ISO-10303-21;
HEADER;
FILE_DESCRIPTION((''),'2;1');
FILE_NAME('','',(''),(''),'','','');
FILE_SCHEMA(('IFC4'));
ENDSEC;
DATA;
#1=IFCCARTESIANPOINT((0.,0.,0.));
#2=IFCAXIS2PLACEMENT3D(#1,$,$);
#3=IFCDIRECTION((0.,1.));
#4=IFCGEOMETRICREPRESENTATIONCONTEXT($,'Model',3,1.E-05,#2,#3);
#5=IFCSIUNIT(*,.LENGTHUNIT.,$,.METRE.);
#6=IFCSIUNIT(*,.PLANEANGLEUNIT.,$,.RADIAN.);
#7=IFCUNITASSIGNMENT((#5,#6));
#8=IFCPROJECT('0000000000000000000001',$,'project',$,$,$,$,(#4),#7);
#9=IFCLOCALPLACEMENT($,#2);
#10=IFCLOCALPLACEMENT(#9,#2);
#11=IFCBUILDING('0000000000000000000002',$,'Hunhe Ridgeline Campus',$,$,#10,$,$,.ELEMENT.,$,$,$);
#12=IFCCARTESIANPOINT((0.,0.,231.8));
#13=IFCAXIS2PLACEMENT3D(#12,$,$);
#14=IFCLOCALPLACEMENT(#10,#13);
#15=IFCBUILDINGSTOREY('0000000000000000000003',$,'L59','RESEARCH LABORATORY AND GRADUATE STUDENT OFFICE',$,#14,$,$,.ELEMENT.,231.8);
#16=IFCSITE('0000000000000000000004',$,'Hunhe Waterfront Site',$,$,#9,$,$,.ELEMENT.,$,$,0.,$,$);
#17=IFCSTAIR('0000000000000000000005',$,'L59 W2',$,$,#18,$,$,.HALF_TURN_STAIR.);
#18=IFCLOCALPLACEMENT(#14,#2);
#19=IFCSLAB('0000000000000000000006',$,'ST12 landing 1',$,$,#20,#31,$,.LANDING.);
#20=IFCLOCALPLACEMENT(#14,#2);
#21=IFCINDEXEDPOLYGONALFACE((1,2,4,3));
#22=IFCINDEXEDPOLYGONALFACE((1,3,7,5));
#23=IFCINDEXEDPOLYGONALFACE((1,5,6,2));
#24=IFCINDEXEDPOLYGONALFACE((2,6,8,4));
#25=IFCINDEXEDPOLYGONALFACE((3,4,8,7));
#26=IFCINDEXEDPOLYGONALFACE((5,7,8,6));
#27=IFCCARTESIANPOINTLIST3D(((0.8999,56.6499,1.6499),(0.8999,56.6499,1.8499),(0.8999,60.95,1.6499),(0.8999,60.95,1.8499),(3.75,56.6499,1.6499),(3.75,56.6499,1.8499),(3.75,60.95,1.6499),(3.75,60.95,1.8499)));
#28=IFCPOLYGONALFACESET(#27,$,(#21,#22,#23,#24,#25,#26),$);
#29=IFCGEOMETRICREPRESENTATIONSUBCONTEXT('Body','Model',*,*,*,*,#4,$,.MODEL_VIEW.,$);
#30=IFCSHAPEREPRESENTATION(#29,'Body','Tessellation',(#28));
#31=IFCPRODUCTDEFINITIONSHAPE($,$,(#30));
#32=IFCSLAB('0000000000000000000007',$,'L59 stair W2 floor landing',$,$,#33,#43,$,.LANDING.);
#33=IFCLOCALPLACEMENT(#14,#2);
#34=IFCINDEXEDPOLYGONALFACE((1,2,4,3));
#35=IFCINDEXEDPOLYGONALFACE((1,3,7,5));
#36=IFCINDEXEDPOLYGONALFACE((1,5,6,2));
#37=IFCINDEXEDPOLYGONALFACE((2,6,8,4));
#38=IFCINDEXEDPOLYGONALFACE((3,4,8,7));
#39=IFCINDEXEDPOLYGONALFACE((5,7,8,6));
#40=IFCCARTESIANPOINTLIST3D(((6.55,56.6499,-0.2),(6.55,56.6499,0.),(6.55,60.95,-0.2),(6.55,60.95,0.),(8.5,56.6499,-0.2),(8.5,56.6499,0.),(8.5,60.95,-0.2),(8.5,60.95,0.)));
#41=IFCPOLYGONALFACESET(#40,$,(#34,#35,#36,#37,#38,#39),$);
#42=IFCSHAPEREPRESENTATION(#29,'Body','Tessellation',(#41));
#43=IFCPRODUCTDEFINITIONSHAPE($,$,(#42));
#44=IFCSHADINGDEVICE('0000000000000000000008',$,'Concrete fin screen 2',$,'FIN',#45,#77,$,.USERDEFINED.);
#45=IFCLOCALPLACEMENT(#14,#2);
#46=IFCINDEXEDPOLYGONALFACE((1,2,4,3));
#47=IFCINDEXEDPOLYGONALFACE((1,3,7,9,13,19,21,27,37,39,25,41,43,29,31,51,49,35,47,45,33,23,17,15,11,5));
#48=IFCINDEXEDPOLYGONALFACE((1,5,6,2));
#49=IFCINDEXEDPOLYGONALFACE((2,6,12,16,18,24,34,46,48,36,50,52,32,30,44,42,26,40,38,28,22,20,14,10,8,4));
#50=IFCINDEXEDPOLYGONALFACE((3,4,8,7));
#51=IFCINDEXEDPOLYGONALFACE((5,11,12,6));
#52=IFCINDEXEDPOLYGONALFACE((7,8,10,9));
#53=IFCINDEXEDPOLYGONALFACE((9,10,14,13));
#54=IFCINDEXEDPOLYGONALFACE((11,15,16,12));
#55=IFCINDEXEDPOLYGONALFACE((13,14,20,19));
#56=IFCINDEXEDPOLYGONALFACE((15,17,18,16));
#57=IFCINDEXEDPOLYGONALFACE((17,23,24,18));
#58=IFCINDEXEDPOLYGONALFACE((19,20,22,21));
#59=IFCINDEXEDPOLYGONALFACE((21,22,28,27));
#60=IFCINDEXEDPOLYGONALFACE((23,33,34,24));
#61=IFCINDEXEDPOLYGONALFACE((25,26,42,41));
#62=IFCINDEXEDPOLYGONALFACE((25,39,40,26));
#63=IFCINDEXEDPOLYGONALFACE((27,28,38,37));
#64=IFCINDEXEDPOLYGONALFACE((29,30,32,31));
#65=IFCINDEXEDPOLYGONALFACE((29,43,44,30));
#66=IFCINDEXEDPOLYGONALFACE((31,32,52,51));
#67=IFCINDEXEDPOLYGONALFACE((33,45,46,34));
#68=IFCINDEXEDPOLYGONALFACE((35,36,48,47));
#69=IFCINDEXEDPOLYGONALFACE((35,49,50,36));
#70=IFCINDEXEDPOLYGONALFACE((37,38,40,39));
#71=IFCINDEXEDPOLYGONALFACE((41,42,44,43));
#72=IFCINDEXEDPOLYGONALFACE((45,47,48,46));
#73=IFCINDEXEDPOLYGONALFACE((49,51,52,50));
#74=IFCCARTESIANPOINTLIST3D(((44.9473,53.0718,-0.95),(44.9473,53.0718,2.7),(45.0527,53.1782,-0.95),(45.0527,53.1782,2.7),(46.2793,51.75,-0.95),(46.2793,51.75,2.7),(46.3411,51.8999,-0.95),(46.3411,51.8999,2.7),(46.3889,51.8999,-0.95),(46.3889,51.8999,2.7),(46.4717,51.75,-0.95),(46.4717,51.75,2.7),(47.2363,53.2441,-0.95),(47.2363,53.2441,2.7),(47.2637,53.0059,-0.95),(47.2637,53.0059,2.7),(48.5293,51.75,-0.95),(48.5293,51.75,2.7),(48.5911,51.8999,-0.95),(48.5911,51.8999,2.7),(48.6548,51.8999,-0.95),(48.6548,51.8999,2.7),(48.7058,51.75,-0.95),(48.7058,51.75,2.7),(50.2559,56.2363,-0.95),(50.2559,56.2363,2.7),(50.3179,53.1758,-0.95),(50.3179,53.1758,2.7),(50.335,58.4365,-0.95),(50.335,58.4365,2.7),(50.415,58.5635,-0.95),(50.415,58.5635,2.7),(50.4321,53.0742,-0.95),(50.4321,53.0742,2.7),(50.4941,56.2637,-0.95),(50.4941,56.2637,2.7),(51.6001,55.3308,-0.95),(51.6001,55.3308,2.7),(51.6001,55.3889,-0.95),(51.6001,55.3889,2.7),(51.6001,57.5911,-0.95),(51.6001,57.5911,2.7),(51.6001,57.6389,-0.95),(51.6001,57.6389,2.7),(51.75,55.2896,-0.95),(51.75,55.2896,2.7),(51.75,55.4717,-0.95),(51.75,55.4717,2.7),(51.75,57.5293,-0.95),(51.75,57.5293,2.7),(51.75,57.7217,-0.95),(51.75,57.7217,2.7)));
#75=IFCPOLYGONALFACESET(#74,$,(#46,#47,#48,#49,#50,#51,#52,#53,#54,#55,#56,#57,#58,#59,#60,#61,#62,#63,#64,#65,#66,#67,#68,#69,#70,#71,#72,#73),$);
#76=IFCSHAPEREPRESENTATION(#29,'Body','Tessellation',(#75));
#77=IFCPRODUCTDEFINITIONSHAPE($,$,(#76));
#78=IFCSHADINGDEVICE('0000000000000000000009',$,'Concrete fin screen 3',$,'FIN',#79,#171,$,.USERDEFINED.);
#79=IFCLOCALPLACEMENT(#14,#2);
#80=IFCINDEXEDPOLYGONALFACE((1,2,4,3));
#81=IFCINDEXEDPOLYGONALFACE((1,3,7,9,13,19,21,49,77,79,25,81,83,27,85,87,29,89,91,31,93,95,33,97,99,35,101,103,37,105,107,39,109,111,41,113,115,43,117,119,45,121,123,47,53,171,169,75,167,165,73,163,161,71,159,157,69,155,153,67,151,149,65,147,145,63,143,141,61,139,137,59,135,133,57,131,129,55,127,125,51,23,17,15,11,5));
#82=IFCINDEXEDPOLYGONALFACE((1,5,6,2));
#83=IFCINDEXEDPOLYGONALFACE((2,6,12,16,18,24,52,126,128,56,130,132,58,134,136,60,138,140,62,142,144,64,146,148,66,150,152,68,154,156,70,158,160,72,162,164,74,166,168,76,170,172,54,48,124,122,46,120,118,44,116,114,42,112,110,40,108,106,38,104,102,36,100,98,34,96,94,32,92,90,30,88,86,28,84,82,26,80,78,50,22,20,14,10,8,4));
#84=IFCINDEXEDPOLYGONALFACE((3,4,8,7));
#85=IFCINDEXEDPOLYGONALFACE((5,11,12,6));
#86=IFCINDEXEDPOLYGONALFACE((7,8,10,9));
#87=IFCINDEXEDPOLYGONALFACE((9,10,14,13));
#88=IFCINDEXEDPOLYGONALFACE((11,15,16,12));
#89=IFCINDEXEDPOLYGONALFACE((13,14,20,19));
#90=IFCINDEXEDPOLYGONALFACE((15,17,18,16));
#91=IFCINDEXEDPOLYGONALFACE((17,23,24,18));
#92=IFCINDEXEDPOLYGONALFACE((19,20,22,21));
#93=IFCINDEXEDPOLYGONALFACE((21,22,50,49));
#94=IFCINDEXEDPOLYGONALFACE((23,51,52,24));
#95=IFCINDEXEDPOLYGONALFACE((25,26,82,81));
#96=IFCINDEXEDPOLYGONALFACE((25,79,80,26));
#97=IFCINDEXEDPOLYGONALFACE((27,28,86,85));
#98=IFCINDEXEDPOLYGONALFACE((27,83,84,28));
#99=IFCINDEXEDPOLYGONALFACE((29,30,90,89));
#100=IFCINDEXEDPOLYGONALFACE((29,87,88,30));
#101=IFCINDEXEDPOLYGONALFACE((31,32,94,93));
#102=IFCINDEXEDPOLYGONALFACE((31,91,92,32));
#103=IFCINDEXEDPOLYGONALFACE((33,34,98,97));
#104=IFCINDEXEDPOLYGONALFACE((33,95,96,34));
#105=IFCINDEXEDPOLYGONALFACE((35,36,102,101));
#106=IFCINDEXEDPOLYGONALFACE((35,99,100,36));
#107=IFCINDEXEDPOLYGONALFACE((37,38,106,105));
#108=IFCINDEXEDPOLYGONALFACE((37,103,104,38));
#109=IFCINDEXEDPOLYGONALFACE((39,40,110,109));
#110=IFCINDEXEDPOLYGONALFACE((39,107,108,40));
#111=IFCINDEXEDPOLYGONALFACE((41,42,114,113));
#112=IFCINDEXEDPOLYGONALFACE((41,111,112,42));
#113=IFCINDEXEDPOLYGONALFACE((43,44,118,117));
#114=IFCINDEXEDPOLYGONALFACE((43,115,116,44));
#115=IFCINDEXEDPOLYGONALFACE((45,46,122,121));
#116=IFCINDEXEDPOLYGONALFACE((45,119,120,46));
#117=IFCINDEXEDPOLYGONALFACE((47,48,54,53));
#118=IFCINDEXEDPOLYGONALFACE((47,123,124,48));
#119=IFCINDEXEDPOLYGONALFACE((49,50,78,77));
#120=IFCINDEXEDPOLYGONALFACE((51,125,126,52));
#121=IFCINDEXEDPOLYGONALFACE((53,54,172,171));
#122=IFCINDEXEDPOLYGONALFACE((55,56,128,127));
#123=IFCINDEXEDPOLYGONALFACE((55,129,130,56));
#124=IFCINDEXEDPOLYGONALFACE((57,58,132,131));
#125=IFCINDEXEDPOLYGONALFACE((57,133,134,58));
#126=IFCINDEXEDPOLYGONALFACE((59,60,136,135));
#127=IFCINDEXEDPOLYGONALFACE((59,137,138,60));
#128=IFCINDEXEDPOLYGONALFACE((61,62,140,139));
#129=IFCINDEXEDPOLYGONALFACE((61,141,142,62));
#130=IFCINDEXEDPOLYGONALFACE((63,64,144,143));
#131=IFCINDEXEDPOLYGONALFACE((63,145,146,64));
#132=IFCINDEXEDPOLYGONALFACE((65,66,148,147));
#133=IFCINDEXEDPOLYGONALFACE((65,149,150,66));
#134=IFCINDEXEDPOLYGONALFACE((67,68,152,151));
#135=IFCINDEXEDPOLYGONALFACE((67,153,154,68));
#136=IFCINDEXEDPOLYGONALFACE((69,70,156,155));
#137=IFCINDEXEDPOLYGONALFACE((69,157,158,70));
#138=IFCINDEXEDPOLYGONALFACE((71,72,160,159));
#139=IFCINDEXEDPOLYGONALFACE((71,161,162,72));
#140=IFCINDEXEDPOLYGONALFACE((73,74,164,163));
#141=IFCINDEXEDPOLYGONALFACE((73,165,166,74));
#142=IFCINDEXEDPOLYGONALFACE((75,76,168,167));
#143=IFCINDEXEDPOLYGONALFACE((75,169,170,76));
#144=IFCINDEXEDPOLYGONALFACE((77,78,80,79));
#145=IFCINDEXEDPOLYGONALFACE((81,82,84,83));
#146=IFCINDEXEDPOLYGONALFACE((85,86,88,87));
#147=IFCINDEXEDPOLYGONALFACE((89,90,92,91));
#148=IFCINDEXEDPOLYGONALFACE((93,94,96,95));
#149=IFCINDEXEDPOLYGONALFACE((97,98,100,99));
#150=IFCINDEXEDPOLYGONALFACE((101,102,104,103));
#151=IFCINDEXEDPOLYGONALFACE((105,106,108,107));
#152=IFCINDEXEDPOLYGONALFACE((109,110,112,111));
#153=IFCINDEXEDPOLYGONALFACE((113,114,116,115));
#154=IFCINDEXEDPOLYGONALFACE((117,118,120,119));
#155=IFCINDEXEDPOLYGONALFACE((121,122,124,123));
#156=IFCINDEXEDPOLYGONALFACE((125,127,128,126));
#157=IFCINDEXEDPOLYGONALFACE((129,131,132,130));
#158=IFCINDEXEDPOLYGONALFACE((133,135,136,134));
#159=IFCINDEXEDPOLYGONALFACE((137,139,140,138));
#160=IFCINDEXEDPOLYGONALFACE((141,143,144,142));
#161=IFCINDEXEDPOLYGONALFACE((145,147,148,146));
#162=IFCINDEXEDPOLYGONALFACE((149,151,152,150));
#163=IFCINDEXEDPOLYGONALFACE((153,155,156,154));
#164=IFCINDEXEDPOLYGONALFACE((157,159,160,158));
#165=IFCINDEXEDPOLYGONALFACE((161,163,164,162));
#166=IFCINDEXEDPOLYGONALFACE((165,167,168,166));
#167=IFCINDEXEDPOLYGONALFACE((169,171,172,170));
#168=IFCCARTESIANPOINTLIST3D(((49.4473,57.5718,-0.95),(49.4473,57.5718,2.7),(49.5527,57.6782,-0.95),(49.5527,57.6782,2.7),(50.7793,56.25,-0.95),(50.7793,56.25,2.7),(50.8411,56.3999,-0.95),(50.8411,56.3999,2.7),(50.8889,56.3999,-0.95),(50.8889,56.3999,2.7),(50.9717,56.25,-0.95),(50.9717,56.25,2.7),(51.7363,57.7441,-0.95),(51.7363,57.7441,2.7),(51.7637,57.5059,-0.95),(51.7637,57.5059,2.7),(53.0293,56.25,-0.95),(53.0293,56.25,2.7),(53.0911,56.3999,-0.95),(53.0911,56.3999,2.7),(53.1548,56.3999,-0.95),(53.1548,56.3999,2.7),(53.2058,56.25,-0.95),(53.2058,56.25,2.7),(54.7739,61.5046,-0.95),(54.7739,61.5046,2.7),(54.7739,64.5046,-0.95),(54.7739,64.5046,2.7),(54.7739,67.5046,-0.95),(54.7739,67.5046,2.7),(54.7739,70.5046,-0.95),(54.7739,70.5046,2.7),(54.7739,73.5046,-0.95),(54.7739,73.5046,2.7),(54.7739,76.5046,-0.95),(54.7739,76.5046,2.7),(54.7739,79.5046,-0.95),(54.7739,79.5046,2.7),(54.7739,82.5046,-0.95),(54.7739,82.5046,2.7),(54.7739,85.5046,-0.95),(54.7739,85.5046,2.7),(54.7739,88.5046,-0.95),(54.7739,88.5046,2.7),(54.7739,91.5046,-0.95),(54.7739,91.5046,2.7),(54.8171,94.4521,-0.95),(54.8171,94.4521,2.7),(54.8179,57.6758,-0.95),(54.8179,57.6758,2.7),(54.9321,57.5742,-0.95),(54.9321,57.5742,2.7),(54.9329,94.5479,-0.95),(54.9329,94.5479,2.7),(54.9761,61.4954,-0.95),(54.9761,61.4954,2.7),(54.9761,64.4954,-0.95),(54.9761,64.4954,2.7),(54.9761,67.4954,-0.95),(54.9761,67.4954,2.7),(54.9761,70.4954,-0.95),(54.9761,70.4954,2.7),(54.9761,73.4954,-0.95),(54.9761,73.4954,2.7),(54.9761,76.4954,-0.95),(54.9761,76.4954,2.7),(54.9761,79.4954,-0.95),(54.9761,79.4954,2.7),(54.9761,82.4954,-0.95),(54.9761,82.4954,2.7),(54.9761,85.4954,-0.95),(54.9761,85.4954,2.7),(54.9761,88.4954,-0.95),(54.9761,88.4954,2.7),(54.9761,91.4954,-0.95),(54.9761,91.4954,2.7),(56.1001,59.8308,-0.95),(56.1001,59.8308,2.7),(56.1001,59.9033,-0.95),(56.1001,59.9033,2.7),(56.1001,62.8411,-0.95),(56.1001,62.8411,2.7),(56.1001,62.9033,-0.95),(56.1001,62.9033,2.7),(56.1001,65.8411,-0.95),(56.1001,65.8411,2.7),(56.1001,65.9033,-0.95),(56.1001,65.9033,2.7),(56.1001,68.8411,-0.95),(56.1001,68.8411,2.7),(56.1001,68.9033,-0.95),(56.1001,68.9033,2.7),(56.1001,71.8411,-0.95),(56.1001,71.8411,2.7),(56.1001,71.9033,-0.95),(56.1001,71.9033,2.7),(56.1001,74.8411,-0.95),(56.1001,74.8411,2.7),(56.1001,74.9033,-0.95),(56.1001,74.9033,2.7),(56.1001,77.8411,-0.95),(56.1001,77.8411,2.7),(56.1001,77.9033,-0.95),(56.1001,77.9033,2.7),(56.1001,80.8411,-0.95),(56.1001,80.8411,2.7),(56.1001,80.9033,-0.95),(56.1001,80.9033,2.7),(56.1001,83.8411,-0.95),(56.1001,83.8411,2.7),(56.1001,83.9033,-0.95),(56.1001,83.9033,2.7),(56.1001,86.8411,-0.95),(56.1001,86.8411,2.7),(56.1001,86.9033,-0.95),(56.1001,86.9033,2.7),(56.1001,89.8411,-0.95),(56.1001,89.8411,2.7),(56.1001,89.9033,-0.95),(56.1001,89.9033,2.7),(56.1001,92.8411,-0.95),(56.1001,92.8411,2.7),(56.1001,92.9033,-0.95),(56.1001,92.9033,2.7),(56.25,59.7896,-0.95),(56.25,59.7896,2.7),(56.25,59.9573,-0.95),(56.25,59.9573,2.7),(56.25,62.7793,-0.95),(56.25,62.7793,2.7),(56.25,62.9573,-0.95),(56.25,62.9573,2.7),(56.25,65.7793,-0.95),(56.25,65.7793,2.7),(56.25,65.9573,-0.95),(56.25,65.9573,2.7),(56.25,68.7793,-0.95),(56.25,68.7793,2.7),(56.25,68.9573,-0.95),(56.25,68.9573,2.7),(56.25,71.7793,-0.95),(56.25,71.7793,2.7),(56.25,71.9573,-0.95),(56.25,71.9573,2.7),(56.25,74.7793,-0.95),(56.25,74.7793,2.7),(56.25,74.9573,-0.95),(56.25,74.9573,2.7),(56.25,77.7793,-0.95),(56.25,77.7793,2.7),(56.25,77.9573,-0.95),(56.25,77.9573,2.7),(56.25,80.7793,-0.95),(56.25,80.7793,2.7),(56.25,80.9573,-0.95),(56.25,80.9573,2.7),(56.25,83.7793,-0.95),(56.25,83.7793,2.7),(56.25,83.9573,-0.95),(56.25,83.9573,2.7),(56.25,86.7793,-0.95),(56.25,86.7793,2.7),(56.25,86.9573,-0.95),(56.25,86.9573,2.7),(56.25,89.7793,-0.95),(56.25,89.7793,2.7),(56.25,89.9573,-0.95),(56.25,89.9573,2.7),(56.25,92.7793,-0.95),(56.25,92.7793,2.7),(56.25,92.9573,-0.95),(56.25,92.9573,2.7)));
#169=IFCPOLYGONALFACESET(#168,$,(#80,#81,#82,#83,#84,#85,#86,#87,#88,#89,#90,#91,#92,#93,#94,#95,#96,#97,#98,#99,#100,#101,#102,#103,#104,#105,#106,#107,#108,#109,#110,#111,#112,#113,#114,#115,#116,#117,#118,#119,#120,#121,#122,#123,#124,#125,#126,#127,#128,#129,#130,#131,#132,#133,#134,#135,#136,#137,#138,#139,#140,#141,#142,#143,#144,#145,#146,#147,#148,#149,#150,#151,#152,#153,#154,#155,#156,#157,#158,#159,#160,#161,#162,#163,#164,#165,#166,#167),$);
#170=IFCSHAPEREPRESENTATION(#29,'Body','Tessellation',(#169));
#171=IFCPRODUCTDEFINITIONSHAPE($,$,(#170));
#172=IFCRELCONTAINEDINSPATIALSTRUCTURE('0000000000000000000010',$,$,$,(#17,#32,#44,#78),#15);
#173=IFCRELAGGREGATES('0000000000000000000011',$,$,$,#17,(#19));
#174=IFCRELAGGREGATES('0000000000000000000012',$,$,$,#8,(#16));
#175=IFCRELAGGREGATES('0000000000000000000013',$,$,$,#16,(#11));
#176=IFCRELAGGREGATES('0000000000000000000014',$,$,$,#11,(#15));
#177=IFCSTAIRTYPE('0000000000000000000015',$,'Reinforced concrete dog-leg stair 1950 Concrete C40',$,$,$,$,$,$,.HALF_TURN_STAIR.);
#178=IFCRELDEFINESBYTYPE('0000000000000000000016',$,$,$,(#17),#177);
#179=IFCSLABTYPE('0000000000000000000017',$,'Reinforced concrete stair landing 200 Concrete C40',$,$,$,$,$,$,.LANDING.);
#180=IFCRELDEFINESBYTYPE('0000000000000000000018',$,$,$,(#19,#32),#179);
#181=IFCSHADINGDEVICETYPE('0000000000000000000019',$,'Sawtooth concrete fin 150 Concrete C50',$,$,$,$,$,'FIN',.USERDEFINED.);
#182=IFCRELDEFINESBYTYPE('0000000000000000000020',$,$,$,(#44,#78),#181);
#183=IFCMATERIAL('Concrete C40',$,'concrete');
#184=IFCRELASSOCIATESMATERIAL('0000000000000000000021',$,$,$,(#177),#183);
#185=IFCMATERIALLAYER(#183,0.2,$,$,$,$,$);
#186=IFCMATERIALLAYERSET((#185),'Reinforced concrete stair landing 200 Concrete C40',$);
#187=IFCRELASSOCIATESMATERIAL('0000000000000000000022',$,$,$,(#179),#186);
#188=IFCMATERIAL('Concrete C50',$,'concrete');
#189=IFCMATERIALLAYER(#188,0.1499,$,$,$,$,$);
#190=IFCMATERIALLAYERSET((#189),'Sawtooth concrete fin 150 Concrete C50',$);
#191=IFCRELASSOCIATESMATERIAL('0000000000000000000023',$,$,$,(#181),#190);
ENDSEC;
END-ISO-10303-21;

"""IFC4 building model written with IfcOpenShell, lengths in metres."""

from ifc_helpers import new_model, si_unit, direction, frame, origin, place, context, subcontext, project, spatial, polyline, outline, extrude, material, layer, layer_set, type_object, element, aggregate, save


model = new_model("IFC4")

# Units and contexts
model_context = context("Model", 3, precision=1e-05, world=origin(), true_north=direction((0.0, 1.0)))
body_context = subcontext(model_context, "Body", "Model", "MODEL_VIEW")
ifc_project = project(units=[si_unit("LENGTHUNIT", "METRE"), si_unit("PLANEANGLEUNIT", "RADIAN")], contexts=[model_context])

# Site, building, storey
site_placement = place(None, origin())
site = spatial("IfcSite", under=ifc_project, at=site_placement, Name="Hunhe Waterfront Site", CompositionType="ELEMENT", RefElevation=0.0)
building_placement = place(site_placement, origin())
building = spatial("IfcBuilding", under=site, at=building_placement, Name="Hunhe Ridgeline Campus", CompositionType="ELEMENT")
storey_placement = place(building_placement, frame((0.0, 0.0, 231.8)))
storey = spatial("IfcBuildingStorey", under=building, at=storey_placement, Name="L59", Description="RESEARCH LABORATORY AND GRADUATE STUDENT OFFICE", CompositionType="ELEMENT", Elevation=231.8)

# Shared definitions
ifc_material_1 = material(Name="Concrete C40", Category="concrete")

# Shared definitions
stair_type = type_object("IfcStairType", Name="Reinforced concrete dog-leg stair 1950 Concrete C40", PredefinedType="HALF_TURN_STAIR", material=ifc_material_1)
ifc_layer_1 = layer(ifc_material_1, 0.2)
ifc_layer_set_1 = layer_set([ifc_layer_1], Name="Reinforced concrete stair landing 200 Concrete C40")
slab_type_1 = type_object("IfcSlabType", Name="Reinforced concrete stair landing 200 Concrete C40", PredefinedType="LANDING", material=ifc_layer_set_1)

# Stair, slab
stair_1_placement = place(storey_placement, origin())
stair_1 = element("IfcStair", 1, at=stair_1_placement, inside=storey, type_object=stair_type, Name="L59 W2", PredefinedType="HALF_TURN_STAIR")
slab_1_placement = place(storey_placement, frame((0.0, 0.0, 1.6499)))
slab_1 = element("IfcSlab", 2, at=slab_1_placement, type_object=slab_type_1, Name="ST12 landing 1", PredefinedType="LANDING", context=body_context, shape_type="SweptSolid", body=[
    extrude(outline(polyline([(3.75, 60.95), (0.8999, 60.95), (0.8999, 56.6499), (3.75, 56.6499), (3.75, 60.95)])), origin(), (0.0, 0.0, 1.0), 0.2),
])
aggregate(stair_1, [slab_1])

# Slab
slab_2_placement = place(storey_placement, frame((0.0, 0.0, -0.2)))
element("IfcSlab", 3, at=slab_2_placement, inside=storey, type_object=slab_type_1, Name="L59 stair W2 floor landing", PredefinedType="LANDING", context=body_context, shape_type="SweptSolid", body=[
    extrude(outline(polyline([(8.5, 60.95), (6.55, 60.95), (6.55, 56.6499), (8.5, 56.6499), (8.5, 60.95)])), origin(), (0.0, 0.0, 1.0), 0.2),
])

# Shading devices
ifc_material_2 = material(Name="Concrete C50", Category="concrete")
ifc_layer_2 = layer(ifc_material_2, 0.1499)
ifc_layer_set_2 = layer_set([ifc_layer_2], Name="Sawtooth concrete fin 150 Concrete C50")
shading_device_type = type_object("IfcShadingDeviceType", Name="Sawtooth concrete fin 150 Concrete C50", ElementType="FIN", PredefinedType="USERDEFINED", material=ifc_layer_set_2)
shading_device_1_placement = place(storey_placement, frame((0.0, 0.0, -0.95)))
element("IfcShadingDevice", 4, at=shading_device_1_placement, inside=storey, type_object=shading_device_type, Name="Concrete fin screen 2", ObjectType="FIN", PredefinedType="USERDEFINED", context=body_context, shape_type="SweptSolid", body=[
    extrude(outline(polyline([(45.0527, 53.1782), (44.9473, 53.0718), (46.2793, 51.75), (46.4717, 51.75), (47.2637, 53.0059), (48.5293, 51.75), (48.7058, 51.75), (50.4321, 53.0742), (51.75, 55.2896), (51.75, 55.4717), (50.4941, 56.2637), (51.75, 57.5293), (51.75, 57.7217), (50.415, 58.5635), (50.335, 58.4365), (51.6001, 57.6389), (51.6001, 57.5911), (50.2559, 56.2363), (51.6001, 55.3889), (51.6001, 55.3308), (50.3179, 53.1758), (48.6548, 51.8999), (48.5911, 51.8999), (47.2363, 53.2441), (46.3889, 51.8999), (46.3411, 51.8999), (45.0527, 53.1782)])), origin(), (0.0, 0.0, 1.0), 3.6499),
])
shading_device_2_placement = place(storey_placement, frame((0.0, 0.0, -0.95)))
element("IfcShadingDevice", 5, at=shading_device_2_placement, inside=storey, type_object=shading_device_type, Name="Concrete fin screen 3", ObjectType="FIN", PredefinedType="USERDEFINED", context=body_context, shape_type="SweptSolid", body=[
    extrude(outline(polyline([(49.5527, 57.6782), (49.4473, 57.5718), (50.7793, 56.25), (50.9717, 56.25), (51.7637, 57.5059), (53.0293, 56.25), (53.2058, 56.25), (54.9321, 57.5742), (56.25, 59.7896), (56.25, 59.9573), (54.9761, 61.4954), (56.25, 62.7793), (56.25, 62.9573), (54.9761, 64.4954), (56.25, 65.7793), (56.25, 65.9573), (54.9761, 67.4954), (56.25, 68.7793), (56.25, 68.9573), (54.9761, 70.4954), (56.25, 71.7793), (56.25, 71.9573), (54.9761, 73.4954), (56.25, 74.7793), (56.25, 74.9573), (54.9761, 76.4954), (56.25, 77.7793), (56.25, 77.9573), (54.9761, 79.4954), (56.25, 80.7793), (56.25, 80.9573), (54.9761, 82.4954), (56.25, 83.7793), (56.25, 83.9573), (54.9761, 85.4954), (56.25, 86.7793), (56.25, 86.9573), (54.9761, 88.4954), (56.25, 89.7793), (56.25, 89.9573), (54.9761, 91.4954), (56.25, 92.7793), (56.25, 92.9573), (54.9329, 94.5479), (54.8171, 94.4521), (56.1001, 92.9033), (56.1001, 92.8411), (54.7739, 91.5046), (56.1001, 89.9033), (56.1001, 89.8411), (54.7739, 88.5046), (56.1001, 86.9033), (56.1001, 86.8411), (54.7739, 85.5046), (56.1001, 83.9033), (56.1001, 83.8411), (54.7739, 82.5046), (56.1001, 80.9033), (56.1001, 80.8411), (54.7739, 79.5046), (56.1001, 77.9033), (56.1001, 77.8411), (54.7739, 76.5046), (56.1001, 74.9033), (56.1001, 74.8411), (54.7739, 73.5046), (56.1001, 71.9033), (56.1001, 71.8411), (54.7739, 70.5046), (56.1001, 68.9033), (56.1001, 68.8411), (54.7739, 67.5046), (56.1001, 65.9033), (56.1001, 65.8411), (54.7739, 64.5046), (56.1001, 62.9033), (56.1001, 62.8411), (54.7739, 61.5046), (56.1001, 59.9033), (56.1001, 59.8308), (54.8179, 57.6758), (53.1548, 56.3999), (53.0911, 56.3999), (51.7363, 57.7441), (50.8889, 56.3999), (50.8411, 56.3999), (49.5527, 57.6782)])), origin(), (0.0, 0.0, 1.0), 3.6499),
])

save(model, "model.ifc")
